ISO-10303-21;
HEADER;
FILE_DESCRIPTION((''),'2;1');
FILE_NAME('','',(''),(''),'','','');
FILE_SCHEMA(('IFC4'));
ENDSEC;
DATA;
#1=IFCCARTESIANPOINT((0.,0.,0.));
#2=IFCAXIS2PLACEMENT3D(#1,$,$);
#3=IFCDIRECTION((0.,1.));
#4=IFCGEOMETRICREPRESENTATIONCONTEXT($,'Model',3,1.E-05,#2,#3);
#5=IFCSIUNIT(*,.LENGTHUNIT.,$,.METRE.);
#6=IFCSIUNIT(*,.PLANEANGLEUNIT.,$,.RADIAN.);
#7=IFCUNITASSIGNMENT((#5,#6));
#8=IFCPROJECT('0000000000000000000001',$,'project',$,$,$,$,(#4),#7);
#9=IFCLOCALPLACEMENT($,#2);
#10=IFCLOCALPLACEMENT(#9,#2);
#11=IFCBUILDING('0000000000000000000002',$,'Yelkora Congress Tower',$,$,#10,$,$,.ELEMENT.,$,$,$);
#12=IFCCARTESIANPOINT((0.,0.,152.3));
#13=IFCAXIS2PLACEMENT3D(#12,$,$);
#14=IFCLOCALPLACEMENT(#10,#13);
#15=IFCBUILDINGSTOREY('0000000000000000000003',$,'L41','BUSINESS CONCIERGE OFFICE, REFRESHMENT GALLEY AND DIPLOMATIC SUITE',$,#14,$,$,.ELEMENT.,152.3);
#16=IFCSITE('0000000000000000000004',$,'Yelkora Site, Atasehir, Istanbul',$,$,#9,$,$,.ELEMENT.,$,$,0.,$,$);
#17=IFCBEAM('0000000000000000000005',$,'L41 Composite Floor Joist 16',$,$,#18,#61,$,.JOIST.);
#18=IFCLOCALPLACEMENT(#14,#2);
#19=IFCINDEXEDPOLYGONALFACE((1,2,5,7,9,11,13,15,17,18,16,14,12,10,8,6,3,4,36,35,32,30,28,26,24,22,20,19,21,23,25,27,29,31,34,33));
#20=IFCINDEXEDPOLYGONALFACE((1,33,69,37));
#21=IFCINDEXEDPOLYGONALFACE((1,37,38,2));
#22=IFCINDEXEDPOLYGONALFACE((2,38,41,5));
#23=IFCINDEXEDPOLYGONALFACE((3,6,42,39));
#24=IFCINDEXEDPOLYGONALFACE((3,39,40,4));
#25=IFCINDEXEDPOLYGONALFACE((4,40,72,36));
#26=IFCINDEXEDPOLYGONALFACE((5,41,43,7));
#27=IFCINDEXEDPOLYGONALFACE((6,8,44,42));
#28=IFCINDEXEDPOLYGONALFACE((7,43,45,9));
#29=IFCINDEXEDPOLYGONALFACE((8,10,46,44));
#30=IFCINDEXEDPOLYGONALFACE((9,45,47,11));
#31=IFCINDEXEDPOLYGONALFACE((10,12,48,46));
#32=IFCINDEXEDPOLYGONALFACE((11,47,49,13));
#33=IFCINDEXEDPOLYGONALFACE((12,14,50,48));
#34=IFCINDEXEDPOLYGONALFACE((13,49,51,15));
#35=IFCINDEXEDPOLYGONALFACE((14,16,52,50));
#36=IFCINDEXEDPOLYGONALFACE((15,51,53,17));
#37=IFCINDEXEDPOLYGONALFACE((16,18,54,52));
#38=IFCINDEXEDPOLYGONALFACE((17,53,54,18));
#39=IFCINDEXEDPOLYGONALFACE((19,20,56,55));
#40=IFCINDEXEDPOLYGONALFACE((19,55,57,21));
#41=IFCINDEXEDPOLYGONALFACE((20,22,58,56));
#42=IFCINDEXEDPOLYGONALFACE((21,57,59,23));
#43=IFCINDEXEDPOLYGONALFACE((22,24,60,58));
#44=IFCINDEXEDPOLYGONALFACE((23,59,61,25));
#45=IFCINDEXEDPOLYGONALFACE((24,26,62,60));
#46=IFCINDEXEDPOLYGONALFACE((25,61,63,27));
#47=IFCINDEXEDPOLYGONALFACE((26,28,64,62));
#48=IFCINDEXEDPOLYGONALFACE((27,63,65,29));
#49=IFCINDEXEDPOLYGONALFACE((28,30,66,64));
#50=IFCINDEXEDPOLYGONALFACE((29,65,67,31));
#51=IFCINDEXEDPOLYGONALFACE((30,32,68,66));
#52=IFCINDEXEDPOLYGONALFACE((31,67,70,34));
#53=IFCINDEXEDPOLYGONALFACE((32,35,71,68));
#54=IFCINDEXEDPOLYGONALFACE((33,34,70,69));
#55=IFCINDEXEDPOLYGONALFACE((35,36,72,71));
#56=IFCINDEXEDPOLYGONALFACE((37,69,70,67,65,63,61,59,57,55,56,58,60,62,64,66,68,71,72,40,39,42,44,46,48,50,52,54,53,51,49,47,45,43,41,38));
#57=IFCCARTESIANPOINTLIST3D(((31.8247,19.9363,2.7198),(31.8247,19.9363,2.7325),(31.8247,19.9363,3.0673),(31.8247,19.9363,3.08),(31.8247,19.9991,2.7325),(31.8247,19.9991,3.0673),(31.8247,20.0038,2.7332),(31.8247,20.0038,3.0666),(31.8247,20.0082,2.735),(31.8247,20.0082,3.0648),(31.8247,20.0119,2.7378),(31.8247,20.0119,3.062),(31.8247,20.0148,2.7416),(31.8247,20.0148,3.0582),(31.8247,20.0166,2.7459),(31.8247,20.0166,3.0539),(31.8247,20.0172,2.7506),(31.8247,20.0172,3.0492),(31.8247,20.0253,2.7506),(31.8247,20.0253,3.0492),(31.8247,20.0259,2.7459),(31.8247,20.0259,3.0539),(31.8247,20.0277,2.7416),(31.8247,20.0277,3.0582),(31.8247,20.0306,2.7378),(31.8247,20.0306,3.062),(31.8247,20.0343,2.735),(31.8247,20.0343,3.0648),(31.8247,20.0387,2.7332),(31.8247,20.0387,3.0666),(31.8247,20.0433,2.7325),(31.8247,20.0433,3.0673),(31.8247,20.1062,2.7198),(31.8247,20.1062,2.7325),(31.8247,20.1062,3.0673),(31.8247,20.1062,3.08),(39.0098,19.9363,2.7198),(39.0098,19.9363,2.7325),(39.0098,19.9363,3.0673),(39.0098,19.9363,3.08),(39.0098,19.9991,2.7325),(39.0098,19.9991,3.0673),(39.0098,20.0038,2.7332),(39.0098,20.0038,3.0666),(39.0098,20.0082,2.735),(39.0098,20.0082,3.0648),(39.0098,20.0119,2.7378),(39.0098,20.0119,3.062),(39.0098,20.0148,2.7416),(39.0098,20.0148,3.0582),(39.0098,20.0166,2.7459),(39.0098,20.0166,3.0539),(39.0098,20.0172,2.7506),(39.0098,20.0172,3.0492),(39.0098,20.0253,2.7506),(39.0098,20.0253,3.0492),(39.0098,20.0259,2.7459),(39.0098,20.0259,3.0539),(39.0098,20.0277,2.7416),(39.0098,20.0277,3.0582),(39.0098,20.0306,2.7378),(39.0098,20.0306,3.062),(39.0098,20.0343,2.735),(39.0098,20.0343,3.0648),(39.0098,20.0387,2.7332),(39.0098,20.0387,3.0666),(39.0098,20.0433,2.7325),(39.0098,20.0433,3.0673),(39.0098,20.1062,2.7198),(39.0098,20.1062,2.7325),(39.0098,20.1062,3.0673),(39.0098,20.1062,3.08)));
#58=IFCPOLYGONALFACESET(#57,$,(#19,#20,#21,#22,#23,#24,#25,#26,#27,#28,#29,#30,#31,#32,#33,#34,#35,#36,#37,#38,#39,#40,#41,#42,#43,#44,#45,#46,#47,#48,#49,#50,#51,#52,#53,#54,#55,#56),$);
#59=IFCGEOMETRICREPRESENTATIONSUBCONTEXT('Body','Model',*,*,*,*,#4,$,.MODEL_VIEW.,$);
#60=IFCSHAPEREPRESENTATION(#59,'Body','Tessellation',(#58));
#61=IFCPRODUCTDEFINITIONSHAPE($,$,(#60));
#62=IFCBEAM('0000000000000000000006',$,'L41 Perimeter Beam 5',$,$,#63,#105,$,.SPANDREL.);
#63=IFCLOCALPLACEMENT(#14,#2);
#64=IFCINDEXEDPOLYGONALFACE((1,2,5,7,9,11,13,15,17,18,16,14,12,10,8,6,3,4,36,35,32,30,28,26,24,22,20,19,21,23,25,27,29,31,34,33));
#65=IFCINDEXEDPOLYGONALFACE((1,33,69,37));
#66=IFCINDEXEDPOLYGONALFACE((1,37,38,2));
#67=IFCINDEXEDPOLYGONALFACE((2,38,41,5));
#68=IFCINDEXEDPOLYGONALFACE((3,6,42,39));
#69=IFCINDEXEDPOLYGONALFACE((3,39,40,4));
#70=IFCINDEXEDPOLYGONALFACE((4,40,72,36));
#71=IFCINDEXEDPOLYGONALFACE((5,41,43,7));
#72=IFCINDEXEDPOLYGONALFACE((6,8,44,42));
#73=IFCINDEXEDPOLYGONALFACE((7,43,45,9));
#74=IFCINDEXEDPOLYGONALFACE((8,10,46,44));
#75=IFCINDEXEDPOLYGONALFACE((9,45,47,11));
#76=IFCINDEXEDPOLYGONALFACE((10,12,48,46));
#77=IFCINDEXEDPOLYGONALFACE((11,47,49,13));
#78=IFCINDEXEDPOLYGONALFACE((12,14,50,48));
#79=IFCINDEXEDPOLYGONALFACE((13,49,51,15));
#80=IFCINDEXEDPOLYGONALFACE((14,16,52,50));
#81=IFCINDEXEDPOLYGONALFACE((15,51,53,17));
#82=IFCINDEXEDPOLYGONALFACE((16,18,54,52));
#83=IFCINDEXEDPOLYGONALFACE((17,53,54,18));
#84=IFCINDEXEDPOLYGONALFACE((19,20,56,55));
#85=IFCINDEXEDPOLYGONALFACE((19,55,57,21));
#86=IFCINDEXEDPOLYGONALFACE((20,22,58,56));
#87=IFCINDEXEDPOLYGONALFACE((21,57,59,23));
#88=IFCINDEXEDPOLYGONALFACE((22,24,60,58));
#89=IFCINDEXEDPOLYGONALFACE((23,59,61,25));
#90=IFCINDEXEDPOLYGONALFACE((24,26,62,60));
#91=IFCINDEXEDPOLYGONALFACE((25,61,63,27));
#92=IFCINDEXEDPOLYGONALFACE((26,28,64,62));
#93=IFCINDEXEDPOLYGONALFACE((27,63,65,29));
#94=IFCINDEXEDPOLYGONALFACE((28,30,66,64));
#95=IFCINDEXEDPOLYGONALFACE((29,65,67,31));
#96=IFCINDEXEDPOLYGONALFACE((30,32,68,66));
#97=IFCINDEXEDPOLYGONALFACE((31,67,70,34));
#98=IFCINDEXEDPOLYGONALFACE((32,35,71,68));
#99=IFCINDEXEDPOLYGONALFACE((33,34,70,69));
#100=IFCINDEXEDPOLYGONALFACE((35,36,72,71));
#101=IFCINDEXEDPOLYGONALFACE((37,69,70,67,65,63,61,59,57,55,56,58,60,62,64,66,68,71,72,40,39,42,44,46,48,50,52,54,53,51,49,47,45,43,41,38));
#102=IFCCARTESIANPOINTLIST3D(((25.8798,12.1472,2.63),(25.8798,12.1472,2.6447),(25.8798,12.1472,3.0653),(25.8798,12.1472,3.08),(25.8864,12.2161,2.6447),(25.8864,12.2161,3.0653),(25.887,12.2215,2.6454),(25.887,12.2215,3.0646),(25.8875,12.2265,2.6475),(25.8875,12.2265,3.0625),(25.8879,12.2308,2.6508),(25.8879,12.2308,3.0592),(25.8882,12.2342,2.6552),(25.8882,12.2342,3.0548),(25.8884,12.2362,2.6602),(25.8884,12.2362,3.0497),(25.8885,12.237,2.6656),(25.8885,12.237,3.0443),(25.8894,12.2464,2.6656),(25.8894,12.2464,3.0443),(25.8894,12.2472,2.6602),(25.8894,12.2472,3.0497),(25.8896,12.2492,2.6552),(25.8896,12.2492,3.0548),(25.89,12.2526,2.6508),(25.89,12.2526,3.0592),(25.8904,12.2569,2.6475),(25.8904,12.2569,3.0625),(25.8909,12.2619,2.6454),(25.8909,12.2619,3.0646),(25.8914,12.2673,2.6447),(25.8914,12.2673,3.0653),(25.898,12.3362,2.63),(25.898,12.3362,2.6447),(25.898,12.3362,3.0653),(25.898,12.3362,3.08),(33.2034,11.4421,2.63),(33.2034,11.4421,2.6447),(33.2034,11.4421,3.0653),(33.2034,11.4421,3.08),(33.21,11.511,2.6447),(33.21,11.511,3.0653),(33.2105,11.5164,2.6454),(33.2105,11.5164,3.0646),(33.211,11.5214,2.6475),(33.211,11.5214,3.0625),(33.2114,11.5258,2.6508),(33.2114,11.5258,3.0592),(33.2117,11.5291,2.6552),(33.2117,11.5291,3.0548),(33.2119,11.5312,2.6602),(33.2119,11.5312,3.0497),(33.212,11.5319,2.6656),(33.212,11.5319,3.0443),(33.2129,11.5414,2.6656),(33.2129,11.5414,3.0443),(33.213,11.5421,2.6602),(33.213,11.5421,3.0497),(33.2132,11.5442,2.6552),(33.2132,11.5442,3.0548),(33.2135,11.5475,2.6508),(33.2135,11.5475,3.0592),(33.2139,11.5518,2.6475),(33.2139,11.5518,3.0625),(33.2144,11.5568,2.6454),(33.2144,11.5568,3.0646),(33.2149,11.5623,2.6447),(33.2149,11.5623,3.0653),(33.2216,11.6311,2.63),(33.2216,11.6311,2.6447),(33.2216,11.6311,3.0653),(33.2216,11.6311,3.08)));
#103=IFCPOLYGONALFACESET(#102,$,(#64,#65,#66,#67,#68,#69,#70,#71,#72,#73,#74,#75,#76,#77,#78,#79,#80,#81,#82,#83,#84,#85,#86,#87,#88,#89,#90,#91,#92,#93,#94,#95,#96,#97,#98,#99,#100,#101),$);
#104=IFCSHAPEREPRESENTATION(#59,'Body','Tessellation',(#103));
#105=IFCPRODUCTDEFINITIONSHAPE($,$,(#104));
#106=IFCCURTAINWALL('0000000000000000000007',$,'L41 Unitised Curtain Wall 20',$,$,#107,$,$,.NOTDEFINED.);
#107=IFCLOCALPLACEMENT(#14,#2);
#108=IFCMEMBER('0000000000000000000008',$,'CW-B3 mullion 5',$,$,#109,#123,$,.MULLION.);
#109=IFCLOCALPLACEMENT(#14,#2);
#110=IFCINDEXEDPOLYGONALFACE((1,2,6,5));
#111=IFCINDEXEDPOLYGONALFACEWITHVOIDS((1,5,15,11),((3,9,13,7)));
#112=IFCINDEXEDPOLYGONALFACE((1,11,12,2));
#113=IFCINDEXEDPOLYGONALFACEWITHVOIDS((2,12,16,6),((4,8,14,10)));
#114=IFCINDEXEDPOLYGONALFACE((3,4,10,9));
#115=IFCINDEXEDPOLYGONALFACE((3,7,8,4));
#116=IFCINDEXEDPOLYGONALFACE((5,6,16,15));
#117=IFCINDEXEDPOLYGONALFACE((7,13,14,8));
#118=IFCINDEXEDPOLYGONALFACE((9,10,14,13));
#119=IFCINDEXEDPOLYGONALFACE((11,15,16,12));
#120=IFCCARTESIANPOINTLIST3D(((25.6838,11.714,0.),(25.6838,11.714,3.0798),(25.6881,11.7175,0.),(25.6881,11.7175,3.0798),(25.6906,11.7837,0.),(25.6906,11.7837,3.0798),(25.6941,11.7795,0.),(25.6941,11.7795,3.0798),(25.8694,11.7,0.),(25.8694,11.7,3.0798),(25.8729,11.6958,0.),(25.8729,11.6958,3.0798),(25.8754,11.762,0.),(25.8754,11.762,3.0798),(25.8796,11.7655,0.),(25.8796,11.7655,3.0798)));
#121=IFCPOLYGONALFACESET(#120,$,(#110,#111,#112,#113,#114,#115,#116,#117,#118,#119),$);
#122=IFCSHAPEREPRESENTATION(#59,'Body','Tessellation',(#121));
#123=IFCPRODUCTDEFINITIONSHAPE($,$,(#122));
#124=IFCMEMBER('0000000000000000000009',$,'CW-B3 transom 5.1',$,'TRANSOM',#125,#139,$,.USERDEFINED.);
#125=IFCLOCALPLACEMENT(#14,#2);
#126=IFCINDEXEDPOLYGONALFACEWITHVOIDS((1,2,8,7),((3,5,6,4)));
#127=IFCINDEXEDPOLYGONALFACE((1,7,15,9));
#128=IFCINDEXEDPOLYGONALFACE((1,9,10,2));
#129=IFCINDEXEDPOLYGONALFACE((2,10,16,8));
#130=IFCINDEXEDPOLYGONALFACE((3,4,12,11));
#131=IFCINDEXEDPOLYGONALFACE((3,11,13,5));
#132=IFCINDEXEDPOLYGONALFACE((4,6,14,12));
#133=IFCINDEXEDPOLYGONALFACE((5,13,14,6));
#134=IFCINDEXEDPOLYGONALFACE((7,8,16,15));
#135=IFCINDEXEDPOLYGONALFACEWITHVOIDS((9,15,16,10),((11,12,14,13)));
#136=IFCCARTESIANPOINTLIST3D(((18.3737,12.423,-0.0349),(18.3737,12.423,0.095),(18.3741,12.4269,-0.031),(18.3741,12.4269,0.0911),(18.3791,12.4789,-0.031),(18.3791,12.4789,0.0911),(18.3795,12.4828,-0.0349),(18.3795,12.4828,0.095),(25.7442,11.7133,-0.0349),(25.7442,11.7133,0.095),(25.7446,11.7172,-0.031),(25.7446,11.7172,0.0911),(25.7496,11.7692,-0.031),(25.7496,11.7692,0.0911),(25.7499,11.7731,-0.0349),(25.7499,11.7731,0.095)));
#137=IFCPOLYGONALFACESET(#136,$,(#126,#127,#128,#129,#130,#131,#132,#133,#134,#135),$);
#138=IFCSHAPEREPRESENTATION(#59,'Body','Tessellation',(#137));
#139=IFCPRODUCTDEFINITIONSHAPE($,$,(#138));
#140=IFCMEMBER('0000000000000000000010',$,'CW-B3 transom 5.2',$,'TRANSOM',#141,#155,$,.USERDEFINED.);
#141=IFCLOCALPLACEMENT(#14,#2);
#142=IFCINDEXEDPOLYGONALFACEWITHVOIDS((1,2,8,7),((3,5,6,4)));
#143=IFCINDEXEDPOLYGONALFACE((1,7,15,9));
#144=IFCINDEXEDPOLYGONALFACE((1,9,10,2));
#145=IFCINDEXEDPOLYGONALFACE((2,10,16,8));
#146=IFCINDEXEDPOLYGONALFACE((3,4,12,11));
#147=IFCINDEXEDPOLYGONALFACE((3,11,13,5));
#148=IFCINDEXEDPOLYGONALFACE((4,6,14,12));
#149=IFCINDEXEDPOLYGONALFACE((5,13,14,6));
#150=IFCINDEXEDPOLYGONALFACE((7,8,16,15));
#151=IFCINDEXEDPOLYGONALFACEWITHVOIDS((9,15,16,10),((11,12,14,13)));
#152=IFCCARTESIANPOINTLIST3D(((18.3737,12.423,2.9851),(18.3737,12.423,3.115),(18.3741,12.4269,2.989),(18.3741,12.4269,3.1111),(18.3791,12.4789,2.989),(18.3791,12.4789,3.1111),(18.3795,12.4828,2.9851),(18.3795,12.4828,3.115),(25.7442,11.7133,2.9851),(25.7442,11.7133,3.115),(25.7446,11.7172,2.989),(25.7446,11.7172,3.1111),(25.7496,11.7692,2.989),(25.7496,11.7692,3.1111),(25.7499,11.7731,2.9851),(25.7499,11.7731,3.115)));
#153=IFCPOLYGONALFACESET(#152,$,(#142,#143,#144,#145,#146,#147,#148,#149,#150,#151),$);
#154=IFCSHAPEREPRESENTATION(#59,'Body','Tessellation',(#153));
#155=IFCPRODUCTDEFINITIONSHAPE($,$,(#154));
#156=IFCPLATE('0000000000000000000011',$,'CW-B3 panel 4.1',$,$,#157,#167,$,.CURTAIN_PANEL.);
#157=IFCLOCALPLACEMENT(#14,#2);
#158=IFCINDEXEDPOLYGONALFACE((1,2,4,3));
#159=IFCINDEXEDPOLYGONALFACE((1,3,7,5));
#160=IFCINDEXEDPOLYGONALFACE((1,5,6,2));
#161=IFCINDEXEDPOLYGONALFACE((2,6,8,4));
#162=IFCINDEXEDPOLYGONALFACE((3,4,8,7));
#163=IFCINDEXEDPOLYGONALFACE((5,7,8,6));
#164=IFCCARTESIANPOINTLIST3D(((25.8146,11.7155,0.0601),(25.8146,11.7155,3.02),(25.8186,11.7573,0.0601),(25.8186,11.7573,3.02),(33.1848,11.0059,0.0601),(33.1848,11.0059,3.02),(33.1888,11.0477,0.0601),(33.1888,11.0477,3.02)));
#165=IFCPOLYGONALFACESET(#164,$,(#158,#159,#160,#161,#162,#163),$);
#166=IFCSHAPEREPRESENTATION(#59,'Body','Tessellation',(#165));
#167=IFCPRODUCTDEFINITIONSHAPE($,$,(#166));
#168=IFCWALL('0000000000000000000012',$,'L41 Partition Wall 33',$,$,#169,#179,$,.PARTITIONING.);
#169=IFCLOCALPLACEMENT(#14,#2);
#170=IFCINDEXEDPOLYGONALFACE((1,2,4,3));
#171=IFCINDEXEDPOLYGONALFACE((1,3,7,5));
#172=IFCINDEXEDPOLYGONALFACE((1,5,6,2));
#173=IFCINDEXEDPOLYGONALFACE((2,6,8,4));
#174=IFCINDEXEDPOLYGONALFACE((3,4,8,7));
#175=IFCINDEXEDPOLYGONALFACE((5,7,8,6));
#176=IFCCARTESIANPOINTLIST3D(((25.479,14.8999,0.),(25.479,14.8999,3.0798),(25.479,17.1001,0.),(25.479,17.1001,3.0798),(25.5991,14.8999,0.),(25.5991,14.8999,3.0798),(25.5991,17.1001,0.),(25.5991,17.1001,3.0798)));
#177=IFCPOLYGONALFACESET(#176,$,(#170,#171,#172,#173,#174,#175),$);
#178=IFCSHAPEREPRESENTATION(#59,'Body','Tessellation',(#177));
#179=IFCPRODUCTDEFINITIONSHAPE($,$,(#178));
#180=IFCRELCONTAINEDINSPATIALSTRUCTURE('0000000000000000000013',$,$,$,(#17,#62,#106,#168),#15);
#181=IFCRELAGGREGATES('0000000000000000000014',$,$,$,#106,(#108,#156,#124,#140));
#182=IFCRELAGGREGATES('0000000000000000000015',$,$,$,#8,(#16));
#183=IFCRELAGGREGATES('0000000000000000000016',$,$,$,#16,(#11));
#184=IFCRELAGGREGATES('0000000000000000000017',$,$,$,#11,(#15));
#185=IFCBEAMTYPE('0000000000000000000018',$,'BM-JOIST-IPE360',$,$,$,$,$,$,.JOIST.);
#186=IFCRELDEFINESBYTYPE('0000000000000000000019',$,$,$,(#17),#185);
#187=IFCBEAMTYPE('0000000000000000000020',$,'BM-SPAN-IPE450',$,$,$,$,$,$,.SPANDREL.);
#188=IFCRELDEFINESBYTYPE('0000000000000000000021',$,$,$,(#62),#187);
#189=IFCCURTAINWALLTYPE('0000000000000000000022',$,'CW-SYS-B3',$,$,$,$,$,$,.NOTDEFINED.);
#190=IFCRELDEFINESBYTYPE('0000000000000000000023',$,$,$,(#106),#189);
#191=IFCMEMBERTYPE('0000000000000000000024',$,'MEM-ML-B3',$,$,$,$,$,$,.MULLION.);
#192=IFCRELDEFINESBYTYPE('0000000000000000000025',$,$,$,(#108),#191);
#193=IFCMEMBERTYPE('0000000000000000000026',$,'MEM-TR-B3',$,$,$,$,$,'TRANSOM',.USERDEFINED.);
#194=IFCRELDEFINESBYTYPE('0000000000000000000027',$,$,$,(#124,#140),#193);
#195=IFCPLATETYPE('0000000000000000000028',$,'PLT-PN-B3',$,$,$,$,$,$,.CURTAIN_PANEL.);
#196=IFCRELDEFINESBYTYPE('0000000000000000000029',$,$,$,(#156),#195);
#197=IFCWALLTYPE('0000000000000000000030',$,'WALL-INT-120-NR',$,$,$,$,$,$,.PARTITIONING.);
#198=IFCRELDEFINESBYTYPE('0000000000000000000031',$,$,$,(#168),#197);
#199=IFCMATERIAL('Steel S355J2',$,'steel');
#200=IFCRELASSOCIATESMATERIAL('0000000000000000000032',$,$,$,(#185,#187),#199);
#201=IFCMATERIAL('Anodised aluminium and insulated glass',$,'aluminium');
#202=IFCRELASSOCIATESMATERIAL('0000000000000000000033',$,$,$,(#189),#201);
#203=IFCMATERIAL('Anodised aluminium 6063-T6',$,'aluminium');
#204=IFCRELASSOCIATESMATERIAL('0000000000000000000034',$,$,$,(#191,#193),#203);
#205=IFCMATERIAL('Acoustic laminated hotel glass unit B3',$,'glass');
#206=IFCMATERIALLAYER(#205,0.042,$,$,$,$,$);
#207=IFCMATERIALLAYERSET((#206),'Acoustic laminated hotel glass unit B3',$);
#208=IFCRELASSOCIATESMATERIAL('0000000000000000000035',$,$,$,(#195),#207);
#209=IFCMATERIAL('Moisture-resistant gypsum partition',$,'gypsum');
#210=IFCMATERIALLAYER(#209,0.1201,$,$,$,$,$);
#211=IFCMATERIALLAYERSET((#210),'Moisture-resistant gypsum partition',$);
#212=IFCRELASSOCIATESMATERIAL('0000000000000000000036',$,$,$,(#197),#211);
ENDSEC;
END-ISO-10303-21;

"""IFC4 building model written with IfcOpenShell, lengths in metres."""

from ifc_helpers import new_model, si_unit, direction, frame, frame_2d, origin, origin_2d, place, context, subcontext, project, spatial, rectangle, hollow_rectangle, i_section, extrude, material, layer, layer_set, material_profile, profile_set, type_object, element, aggregate, save


model = new_model("IFC4")

# Units and contexts
model_context = context("Model", 3, precision=1e-05, world=origin(), true_north=direction((0.0, 1.0)))
body_context = subcontext(model_context, "Body", "Model", "MODEL_VIEW")
ifc_project = project(units=[si_unit("LENGTHUNIT", "METRE"), si_unit("PLANEANGLEUNIT", "RADIAN")], contexts=[model_context])

# Site, building, storey
site_placement = place(None, origin())
site = spatial("IfcSite", under=ifc_project, at=site_placement, Name="Yelkora Site, Atasehir, Istanbul", CompositionType="ELEMENT", RefElevation=0.0)
building_placement = place(site_placement, origin())
building = spatial("IfcBuilding", under=site, at=building_placement, Name="Yelkora Congress Tower", CompositionType="ELEMENT")
storey_placement = place(building_placement, frame((0.0, 0.0, 152.3)))
storey = spatial("IfcBuildingStorey", under=building, at=storey_placement, Name="L41", Description="BUSINESS CONCIERGE OFFICE, REFRESHMENT GALLEY AND DIPLOMATIC SUITE", CompositionType="ELEMENT", Elevation=152.3)

# Beams
ifc_material_1 = material(Name="Steel S355J2", Category="steel")
ifc_material_profile_1 = material_profile(ifc_material_1, i_section(OverallWidth=0.1699, OverallDepth=0.3601, WebThickness=0.0081, FlangeThickness=0.0127, FilletRadius=0.0181, at=origin_2d()), Name="IPE 360")
ifc_profile_set_1 = profile_set([ifc_material_profile_1], Name="Steel S355J2")
beam_type_1 = type_object("IfcBeamType", Name="BM-JOIST-IPE360", PredefinedType="JOIST", material=ifc_profile_set_1)
beam_1_placement = place(storey_placement, frame((31.8247, 20.0212, 2.8999), z_axis=(1.0, 0.0, 0.0), x_axis=(0.0, 1.0, 0.0)))
element("IfcBeam", 1, at=beam_1_placement, inside=storey, type_object=beam_type_1, Name="L41 Composite Floor Joist 16", PredefinedType="JOIST", context=body_context, shape_type="SweptSolid", body=[
    extrude(i_section(OverallWidth=0.1699, OverallDepth=0.3601, WebThickness=0.0081, FlangeThickness=0.0127, FilletRadius=0.0181, at=origin_2d()), origin(), (0.0, 0.0, 1.0), 7.1851),
])
ifc_material_profile_2 = material_profile(ifc_material_1, i_section(OverallWidth=0.1899, OverallDepth=0.45, WebThickness=0.0095, FlangeThickness=0.0146, FilletRadius=0.021, at=origin_2d()), Name="IPE 450")
ifc_profile_set_2 = profile_set([ifc_material_profile_2], Name="Steel S355J2")
beam_type_2 = type_object("IfcBeamType", Name="BM-SPAN-IPE450", PredefinedType="SPANDREL", material=ifc_profile_set_2)
beam_2_placement = place(storey_placement, frame((25.8889, 12.2417, 2.855), z_axis=(0.995397, -0.095833, 0.0), x_axis=(0.095833, 0.995397, 0.0)))
element("IfcBeam", 2, at=beam_2_placement, inside=storey, type_object=beam_type_2, Name="L41 Perimeter Beam 5", PredefinedType="SPANDREL", context=body_context, shape_type="SweptSolid", body=[
    extrude(i_section(OverallWidth=0.1899, OverallDepth=0.45, WebThickness=0.0095, FlangeThickness=0.0146, FilletRadius=0.021, at=origin_2d()), origin(), (0.0, 0.0, 1.0), 7.3574),
])

# Curtain wall, members, plate
ifc_material_2 = material(Name="Anodised aluminium and insulated glass", Category="aluminium")
curtain_wall_type = type_object("IfcCurtainWallType", Name="CW-SYS-B3", PredefinedType="NOTDEFINED", material=ifc_material_2)
curtain_wall_placement = place(storey_placement, origin())
curtain_wall = element("IfcCurtainWall", 3, at=curtain_wall_placement, inside=storey, type_object=curtain_wall_type, Name="L41 Unitised Curtain Wall 20", PredefinedType="NOTDEFINED")
ifc_material_3 = material(Name="Anodised aluminium 6063-T6", Category="aluminium")
ifc_material_profile_3 = material_profile(ifc_material_3, hollow_rectangle(XDim=0.0701, YDim=0.1899, WallThickness=0.0039, at=origin_2d()), Name="ALU 70x190x4")
ifc_profile_set_3 = profile_set([ifc_material_profile_3], Name="Anodised aluminium 6063-T6")
member_type_1 = type_object("IfcMemberType", Name="MEM-ML-B3", PredefinedType="MULLION", material=ifc_profile_set_3)
member_1_placement = place(storey_placement, frame((25.7817, 11.7397, 0.0), z_axis=(0.0, 0.0, 1.0), x_axis=(-0.095845, -0.995396, 0.0)))
member_1 = element("IfcMember", 4, at=member_1_placement, type_object=member_type_1, Name="CW-B3 mullion 5", PredefinedType="MULLION", context=body_context, shape_type="SweptSolid", body=[
    extrude(hollow_rectangle(XDim=0.0701, YDim=0.1899, WallThickness=0.0039, at=origin_2d()), origin(), (0.0, 0.0, 1.0), 3.0798),
])
ifc_material_profile_4 = material_profile(ifc_material_3, hollow_rectangle(XDim=0.0601, YDim=0.1299, WallThickness=0.0039, at=origin_2d()), Name="ALU 60x130x4")
ifc_profile_set_4 = profile_set([ifc_material_profile_4], Name="Anodised aluminium 6063-T6")
member_type_2 = type_object("IfcMemberType", Name="MEM-TR-B3", ElementType="TRANSOM", PredefinedType="USERDEFINED", material=ifc_profile_set_4)
member_2_placement = place(storey_placement, frame((25.7471, 11.7432, 0.03), z_axis=(-0.995396, 0.09585, 0.0), x_axis=(-0.09585, -0.995396, 0.0)))
member_2 = element("IfcMember", 5, at=member_2_placement, type_object=member_type_2, Name="CW-B3 transom 5.1", ObjectType="TRANSOM", PredefinedType="USERDEFINED", context=body_context, shape_type="SweptSolid", body=[
    extrude(hollow_rectangle(XDim=0.0601, YDim=0.1299, WallThickness=0.0039, at=origin_2d()), origin(), (0.0, 0.0, 1.0), 7.4045),
])
member_3_placement = place(storey_placement, frame((25.7471, 11.7432, 3.05), z_axis=(-0.995396, 0.09585, 0.0), x_axis=(-0.09585, -0.995396, 0.0)))
member_3 = element("IfcMember", 6, at=member_3_placement, type_object=member_type_2, Name="CW-B3 transom 5.2", ObjectType="TRANSOM", PredefinedType="USERDEFINED", context=body_context, shape_type="SweptSolid", body=[
    extrude(hollow_rectangle(XDim=0.0601, YDim=0.1299, WallThickness=0.0039, at=origin_2d()), origin(), (0.0, 0.0, 1.0), 7.4045),
])
ifc_material_4 = material(Name="Acoustic laminated hotel glass unit B3", Category="glass")
ifc_layer_1 = layer(ifc_material_4, 0.042)
ifc_layer_set_1 = layer_set([ifc_layer_1], Name="Acoustic laminated hotel glass unit B3")
plate_type = type_object("IfcPlateType", Name="PLT-PN-B3", PredefinedType="CURTAIN_PANEL", material=ifc_layer_set_1)
plate_placement = place(storey_placement, frame((29.5017, 11.3816, 0.0601), z_axis=(0.0, 0.0, 1.0), x_axis=(-0.995396, 0.095845, 0.0)))
plate = element("IfcPlate", 7, at=plate_placement, type_object=plate_type, Name="CW-B3 panel 4.1", PredefinedType="CURTAIN_PANEL", context=body_context, shape_type="SweptSolid", body=[
    extrude(rectangle(XDim=7.4043, YDim=0.042, at=origin_2d()), origin(), (0.0, 0.0, 1.0), 2.96),
])
aggregate(curtain_wall, [member_1, plate, member_2, member_3])

# Wall
ifc_material_5 = material(Name="Moisture-resistant gypsum partition", Category="gypsum")
ifc_layer_2 = layer(ifc_material_5, 0.1201)
ifc_layer_set_2 = layer_set([ifc_layer_2], Name="Moisture-resistant gypsum partition")
wall_type_1 = type_object("IfcWallType", Name="WALL-INT-120-NR", PredefinedType="PARTITIONING", material=ifc_layer_set_2)
wall_1_placement = place(storey_placement, frame((25.5391, 14.8999, 0.0), z_axis=(0.0, 0.0, 1.0), x_axis=(0.0, 1.0, 0.0)))
element("IfcWall", 8, at=wall_1_placement, inside=storey, type_object=wall_type_1, Name="L41 Partition Wall 33", PredefinedType="PARTITIONING", context=body_context, shape_type="SweptSolid", body=[
    extrude(rectangle(XDim=2.2002, YDim=0.1201, at=frame_2d((1.1001, 0.0))), origin(), (0.0, 0.0, 1.0), 3.0798),
])

save(model, "model.ifc")
